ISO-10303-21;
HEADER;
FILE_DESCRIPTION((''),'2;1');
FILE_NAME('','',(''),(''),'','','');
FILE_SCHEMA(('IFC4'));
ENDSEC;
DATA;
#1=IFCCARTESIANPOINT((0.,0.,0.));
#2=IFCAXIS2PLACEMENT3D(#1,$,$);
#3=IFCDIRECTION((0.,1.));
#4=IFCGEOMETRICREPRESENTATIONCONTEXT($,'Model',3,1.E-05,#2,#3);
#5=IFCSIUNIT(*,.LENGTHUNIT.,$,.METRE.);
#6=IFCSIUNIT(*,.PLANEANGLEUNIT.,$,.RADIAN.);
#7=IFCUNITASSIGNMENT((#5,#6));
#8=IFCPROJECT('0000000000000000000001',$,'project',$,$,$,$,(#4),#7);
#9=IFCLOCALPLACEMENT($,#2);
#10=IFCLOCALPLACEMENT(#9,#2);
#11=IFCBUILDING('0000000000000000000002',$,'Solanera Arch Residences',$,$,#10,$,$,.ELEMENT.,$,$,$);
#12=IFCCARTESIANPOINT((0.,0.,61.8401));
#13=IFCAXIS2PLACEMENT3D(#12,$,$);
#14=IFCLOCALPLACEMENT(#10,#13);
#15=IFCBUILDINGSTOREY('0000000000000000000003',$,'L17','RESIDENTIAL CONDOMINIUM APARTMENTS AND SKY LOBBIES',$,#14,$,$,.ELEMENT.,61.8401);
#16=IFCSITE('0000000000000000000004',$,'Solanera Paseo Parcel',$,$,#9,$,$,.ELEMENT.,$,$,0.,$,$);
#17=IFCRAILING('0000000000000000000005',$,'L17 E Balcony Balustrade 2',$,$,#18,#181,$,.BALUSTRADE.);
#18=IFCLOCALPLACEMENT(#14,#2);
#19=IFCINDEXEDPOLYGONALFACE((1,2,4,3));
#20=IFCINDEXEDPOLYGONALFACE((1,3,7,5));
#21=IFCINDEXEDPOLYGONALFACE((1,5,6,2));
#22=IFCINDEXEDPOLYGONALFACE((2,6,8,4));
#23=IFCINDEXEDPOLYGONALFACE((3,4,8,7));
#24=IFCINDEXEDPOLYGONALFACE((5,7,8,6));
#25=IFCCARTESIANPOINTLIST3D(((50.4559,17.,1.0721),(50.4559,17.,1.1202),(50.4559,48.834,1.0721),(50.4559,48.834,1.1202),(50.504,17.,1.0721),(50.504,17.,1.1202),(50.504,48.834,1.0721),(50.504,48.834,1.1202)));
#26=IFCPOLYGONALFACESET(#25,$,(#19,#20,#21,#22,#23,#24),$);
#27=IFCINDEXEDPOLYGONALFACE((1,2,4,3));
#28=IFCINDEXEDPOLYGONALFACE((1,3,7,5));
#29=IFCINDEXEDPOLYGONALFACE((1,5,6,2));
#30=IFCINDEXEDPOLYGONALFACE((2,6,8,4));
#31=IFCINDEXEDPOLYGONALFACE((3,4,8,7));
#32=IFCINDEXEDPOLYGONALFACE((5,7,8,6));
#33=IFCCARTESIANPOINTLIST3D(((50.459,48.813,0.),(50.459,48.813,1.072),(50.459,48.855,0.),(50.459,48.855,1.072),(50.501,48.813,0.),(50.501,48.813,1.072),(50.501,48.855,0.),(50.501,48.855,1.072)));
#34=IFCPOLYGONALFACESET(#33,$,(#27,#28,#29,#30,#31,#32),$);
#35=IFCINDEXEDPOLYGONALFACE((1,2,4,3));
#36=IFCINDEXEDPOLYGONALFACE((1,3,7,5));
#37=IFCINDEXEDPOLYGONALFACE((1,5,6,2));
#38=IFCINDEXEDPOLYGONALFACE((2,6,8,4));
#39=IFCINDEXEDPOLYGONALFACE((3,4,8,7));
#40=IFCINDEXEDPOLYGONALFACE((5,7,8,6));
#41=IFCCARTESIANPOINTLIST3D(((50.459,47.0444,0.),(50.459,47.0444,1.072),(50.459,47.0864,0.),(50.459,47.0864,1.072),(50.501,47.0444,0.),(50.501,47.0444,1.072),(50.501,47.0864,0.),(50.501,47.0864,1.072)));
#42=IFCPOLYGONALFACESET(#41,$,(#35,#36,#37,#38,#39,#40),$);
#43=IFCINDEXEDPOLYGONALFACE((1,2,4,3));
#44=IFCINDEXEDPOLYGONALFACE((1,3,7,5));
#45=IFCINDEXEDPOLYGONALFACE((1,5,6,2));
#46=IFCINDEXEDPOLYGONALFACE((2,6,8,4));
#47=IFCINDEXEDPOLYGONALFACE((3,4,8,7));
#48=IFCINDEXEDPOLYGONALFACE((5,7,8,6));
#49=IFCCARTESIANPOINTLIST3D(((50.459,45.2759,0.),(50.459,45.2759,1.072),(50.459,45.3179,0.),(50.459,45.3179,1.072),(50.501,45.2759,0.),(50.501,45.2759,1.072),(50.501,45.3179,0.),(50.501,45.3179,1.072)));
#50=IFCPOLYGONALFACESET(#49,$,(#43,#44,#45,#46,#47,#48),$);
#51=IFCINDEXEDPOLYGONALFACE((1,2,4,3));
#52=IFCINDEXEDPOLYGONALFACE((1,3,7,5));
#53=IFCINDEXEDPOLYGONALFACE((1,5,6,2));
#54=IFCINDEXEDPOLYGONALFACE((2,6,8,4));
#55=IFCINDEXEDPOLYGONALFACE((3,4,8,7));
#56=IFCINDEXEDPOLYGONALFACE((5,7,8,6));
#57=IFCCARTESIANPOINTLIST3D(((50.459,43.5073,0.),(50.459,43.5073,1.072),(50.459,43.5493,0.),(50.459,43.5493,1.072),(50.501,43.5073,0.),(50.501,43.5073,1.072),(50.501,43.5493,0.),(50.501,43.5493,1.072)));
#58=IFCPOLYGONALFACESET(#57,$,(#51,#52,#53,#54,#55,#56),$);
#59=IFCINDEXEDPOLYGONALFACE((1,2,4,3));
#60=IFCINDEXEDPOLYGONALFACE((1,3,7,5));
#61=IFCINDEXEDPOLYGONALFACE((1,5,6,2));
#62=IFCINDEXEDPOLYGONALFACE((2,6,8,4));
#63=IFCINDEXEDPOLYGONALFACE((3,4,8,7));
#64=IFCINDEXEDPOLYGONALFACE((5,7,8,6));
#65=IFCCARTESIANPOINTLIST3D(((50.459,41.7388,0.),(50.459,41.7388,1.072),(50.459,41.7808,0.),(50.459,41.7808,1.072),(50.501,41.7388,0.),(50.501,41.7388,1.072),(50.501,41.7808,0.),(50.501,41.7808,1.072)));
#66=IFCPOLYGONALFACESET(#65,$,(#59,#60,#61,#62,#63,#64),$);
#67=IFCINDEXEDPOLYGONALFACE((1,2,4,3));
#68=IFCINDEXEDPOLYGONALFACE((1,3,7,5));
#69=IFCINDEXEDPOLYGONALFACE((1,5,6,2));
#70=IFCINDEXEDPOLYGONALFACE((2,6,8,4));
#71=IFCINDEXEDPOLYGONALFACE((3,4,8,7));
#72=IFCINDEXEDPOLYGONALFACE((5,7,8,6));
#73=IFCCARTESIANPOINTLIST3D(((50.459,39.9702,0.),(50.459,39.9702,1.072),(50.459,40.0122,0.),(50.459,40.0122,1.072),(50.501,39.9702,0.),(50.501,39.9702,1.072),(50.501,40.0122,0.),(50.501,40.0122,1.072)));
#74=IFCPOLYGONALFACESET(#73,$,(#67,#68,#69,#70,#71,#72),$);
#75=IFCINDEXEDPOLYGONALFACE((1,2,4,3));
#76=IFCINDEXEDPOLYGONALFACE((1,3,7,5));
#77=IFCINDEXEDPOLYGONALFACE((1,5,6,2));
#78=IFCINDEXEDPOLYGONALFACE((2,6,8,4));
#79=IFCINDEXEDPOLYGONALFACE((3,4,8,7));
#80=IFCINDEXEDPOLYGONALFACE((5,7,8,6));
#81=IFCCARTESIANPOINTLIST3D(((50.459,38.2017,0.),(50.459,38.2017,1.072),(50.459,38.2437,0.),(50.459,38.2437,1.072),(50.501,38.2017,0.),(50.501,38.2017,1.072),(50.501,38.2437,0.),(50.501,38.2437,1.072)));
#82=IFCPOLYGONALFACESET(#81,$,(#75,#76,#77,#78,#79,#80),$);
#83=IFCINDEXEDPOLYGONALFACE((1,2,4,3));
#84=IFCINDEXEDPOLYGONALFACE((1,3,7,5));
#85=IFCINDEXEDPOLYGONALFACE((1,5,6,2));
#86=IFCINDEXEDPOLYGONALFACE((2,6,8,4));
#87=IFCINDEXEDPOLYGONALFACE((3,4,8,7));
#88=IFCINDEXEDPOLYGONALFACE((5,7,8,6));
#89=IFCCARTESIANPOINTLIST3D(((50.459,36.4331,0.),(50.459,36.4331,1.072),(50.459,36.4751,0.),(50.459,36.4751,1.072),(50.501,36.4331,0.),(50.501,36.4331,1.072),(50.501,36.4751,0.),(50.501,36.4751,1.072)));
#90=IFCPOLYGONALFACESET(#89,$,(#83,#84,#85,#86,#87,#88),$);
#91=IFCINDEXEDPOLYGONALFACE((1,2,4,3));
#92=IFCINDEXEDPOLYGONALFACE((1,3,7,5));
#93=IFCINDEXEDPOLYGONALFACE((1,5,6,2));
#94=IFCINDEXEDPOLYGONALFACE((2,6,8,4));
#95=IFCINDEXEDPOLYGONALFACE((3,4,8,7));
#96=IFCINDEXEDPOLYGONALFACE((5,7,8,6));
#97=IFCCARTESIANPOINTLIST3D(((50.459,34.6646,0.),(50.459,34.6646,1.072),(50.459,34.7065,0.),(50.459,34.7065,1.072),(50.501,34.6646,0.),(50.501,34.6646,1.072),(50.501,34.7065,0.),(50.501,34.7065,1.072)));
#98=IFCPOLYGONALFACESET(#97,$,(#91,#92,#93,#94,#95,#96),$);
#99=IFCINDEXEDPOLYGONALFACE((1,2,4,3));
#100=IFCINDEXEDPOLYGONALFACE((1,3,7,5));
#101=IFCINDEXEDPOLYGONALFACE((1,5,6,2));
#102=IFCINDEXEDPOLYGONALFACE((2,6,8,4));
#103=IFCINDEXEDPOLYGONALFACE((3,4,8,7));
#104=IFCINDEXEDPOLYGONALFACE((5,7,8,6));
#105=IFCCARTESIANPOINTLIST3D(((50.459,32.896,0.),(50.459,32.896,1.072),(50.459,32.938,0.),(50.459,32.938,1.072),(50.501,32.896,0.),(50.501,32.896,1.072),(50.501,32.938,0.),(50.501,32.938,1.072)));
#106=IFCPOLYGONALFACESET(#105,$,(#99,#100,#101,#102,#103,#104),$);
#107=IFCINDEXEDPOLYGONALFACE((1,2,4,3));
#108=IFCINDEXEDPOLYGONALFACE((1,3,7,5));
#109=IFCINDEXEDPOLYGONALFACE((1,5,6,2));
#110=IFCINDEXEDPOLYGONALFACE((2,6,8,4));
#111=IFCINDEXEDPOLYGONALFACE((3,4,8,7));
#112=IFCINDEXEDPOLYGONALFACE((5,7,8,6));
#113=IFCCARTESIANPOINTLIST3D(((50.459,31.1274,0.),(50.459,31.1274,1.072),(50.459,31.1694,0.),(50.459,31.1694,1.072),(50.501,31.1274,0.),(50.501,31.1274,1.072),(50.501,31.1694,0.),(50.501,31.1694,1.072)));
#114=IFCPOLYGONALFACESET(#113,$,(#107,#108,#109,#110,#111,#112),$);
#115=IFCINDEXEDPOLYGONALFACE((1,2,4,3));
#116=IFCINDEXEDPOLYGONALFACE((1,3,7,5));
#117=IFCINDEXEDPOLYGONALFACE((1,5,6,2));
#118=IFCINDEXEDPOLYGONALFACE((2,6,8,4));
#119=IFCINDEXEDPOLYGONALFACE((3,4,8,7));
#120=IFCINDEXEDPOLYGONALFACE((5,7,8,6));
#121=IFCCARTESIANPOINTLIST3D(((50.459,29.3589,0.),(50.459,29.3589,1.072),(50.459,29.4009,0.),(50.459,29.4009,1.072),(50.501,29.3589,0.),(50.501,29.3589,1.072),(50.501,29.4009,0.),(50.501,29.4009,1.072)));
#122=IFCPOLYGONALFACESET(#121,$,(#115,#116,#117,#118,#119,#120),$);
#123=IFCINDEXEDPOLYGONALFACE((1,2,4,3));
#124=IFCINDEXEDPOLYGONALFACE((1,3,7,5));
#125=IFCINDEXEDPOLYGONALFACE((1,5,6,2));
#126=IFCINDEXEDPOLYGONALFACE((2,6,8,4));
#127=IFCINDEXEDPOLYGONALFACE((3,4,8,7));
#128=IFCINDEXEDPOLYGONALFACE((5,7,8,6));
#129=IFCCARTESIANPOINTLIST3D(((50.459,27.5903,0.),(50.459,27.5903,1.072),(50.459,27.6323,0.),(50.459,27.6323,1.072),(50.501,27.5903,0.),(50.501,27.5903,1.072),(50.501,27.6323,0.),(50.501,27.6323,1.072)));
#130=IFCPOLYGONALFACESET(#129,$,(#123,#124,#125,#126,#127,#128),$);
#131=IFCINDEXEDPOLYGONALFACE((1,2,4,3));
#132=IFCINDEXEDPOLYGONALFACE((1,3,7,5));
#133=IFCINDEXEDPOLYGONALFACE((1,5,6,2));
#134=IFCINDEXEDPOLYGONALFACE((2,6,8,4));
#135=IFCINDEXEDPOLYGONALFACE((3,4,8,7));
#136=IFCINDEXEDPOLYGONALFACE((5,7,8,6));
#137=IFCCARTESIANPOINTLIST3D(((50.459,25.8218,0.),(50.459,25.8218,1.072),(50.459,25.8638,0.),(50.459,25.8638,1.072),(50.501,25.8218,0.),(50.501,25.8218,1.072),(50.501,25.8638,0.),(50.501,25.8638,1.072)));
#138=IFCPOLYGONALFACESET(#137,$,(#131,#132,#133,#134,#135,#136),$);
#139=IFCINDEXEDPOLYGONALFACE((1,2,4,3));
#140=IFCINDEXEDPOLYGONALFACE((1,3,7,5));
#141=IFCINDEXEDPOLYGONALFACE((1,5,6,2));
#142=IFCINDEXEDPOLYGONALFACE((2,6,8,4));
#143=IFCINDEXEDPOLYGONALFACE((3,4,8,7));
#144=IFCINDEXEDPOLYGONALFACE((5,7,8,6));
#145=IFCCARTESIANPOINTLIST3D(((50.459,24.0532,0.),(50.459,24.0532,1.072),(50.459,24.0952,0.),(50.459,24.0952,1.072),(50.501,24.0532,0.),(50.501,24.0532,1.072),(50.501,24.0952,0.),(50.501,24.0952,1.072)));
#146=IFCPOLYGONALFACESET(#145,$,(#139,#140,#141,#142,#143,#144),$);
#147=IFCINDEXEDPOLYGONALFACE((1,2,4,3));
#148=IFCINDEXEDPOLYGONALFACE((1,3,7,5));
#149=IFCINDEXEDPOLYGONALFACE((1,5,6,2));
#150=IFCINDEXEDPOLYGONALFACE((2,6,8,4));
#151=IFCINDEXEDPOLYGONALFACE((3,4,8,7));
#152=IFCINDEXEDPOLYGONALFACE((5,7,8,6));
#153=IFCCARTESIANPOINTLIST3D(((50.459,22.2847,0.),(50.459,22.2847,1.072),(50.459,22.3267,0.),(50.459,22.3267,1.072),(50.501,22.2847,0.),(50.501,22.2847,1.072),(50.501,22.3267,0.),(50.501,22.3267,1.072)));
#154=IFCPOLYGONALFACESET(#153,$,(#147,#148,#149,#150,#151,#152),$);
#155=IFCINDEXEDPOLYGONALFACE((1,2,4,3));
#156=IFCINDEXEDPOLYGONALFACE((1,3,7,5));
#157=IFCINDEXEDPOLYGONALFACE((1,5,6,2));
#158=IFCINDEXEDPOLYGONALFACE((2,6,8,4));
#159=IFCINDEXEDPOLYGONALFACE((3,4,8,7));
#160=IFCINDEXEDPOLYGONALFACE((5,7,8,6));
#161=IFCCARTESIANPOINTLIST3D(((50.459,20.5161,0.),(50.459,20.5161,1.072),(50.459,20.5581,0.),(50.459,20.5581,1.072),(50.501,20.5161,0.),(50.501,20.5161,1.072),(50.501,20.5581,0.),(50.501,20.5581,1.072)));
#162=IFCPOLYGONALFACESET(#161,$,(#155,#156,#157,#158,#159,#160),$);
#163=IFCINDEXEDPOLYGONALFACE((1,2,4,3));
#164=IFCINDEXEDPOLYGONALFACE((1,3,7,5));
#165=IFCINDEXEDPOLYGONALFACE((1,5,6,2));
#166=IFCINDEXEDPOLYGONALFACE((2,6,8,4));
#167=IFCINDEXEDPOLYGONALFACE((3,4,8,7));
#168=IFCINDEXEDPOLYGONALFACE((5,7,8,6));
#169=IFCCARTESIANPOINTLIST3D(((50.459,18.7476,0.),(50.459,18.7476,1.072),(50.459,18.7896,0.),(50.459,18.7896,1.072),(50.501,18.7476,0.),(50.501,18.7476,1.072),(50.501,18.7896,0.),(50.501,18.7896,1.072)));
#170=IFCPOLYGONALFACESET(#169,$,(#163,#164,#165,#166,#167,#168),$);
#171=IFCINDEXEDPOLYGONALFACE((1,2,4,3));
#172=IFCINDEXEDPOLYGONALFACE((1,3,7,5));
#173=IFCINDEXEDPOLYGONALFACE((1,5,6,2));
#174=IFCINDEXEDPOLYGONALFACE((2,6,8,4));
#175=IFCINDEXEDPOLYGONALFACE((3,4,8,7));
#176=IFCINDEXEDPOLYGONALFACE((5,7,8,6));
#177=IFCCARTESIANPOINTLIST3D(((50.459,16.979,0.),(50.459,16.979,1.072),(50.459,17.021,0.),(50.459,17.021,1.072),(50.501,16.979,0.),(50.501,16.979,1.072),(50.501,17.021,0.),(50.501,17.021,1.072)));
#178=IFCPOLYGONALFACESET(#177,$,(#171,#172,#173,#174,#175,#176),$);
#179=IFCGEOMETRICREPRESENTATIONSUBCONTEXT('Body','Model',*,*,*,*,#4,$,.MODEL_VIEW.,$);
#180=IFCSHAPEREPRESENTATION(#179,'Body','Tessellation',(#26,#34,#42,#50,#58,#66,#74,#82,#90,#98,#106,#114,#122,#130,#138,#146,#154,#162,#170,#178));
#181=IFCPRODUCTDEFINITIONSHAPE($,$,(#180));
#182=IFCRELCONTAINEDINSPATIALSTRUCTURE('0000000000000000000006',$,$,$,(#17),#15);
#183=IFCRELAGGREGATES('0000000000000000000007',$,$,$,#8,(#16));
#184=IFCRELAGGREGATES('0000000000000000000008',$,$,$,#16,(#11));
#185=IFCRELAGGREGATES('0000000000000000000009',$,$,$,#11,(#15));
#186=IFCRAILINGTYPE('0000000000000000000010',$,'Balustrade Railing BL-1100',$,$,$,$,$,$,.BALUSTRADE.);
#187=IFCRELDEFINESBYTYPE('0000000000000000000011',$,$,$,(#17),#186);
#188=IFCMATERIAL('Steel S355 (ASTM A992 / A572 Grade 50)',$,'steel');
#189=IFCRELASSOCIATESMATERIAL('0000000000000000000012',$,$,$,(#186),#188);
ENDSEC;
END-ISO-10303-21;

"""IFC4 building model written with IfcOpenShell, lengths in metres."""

from ifc_helpers import new_model, si_unit, direction, frame, origin, origin_2d, place, context, subcontext, project, spatial, rectangle, extrude, material, type_object, element, save


model = new_model("IFC4")

# Units and contexts
model_context = context("Model", 3, precision=1e-05, world=origin(), true_north=direction((0.0, 1.0)))
body_context = subcontext(model_context, "Body", "Model", "MODEL_VIEW")
ifc_project = project(units=[si_unit("LENGTHUNIT", "METRE"), si_unit("PLANEANGLEUNIT", "RADIAN")], contexts=[model_context])

# Site, building, storey
site_placement = place(None, origin())
site = spatial("IfcSite", under=ifc_project, at=site_placement, Name="Solanera Paseo Parcel", CompositionType="ELEMENT", RefElevation=0.0)
building_placement = place(site_placement, origin())
building = spatial("IfcBuilding", under=site, at=building_placement, Name="Solanera Arch Residences", CompositionType="ELEMENT")
storey_placement = place(building_placement, frame((0.0, 0.0, 61.8401)))
storey = spatial("IfcBuildingStorey", under=building, at=storey_placement, Name="L17", Description="RESIDENTIAL CONDOMINIUM APARTMENTS AND SKY LOBBIES", CompositionType="ELEMENT", Elevation=61.8401)

# Railing
ifc_material_1 = material(Name="Steel S355 (ASTM A992 / A572 Grade 50)", Category="steel")
railing_type = type_object("IfcRailingType", Name="Balustrade Railing BL-1100", PredefinedType="BALUSTRADE", material=ifc_material_1)
railing_1_placement = place(storey_placement, frame((50.48, 48.834, 0.0)))
element("IfcRailing", 1, at=railing_1_placement, inside=storey, type_object=railing_type, Name="L17 E Balcony Balustrade 2", PredefinedType="BALUSTRADE", context=body_context, shape_type="SweptSolid", body=[
    extrude(rectangle(XDim=0.0481, YDim=0.0481, at=origin_2d()), frame((0.0, 0.0, 1.0962), z_axis=(0.0, -1.0, 0.0), x_axis=(1.0, 0.0, 0.0)), (0.0, 0.0, 1.0), 31.834),
    extrude(rectangle(XDim=0.042, YDim=0.042, at=origin_2d()), origin(), (0.0, 0.0, 1.0), 1.072),
    extrude(rectangle(XDim=0.042, YDim=0.042, at=origin_2d()), frame((0.0, -1.7686, 0.0)), (0.0, 0.0, 1.0), 1.072),
    extrude(rectangle(XDim=0.042, YDim=0.042, at=origin_2d()), frame((0.0, -3.5371, 0.0)), (0.0, 0.0, 1.0), 1.072),
    extrude(rectangle(XDim=0.042, YDim=0.042, at=origin_2d()), frame((0.0, -5.3057, 0.0)), (0.0, 0.0, 1.0), 1.072),
    extrude(rectangle(XDim=0.042, YDim=0.042, at=origin_2d()), frame((0.0, -7.0742, 0.0)), (0.0, 0.0, 1.0), 1.072),
    extrude(rectangle(XDim=0.042, YDim=0.042, at=origin_2d()), frame((0.0, -8.8428, 0.0)), (0.0, 0.0, 1.0), 1.072),
    extrude(rectangle(XDim=0.042, YDim=0.042, at=origin_2d()), frame((0.0, -10.6113, 0.0)), (0.0, 0.0, 1.0), 1.072),
    extrude(rectangle(XDim=0.042, YDim=0.042, at=origin_2d()), frame((0.0, -12.3799, 0.0)), (0.0, 0.0, 1.0), 1.072),
    extrude(rectangle(XDim=0.042, YDim=0.042, at=origin_2d()), frame((0.0, -14.1484, 0.0)), (0.0, 0.0, 1.0), 1.072),
    extrude(rectangle(XDim=0.042, YDim=0.042, at=origin_2d()), frame((0.0, -15.917, 0.0)), (0.0, 0.0, 1.0), 1.072),
    extrude(rectangle(XDim=0.042, YDim=0.042, at=origin_2d()), frame((0.0, -17.6855, 0.0)), (0.0, 0.0, 1.0), 1.072),
    extrude(rectangle(XDim=0.042, YDim=0.042, at=origin_2d()), frame((0.0, -19.4541, 0.0)), (0.0, 0.0, 1.0), 1.072),
    extrude(rectangle(XDim=0.042, YDim=0.042, at=origin_2d()), frame((0.0, -21.2227, 0.0)), (0.0, 0.0, 1.0), 1.072),
    extrude(rectangle(XDim=0.042, YDim=0.042, at=origin_2d()), frame((0.0, -22.9912, 0.0)), (0.0, 0.0, 1.0), 1.072),
    extrude(rectangle(XDim=0.042, YDim=0.042, at=origin_2d()), frame((0.0, -24.7598, 0.0)), (0.0, 0.0, 1.0), 1.072),
    extrude(rectangle(XDim=0.042, YDim=0.042, at=origin_2d()), frame((0.0, -26.5283, 0.0)), (0.0, 0.0, 1.0), 1.072),
    extrude(rectangle(XDim=0.042, YDim=0.042, at=origin_2d()), frame((0.0, -28.2969, 0.0)), (0.0, 0.0, 1.0), 1.072),
    extrude(rectangle(XDim=0.042, YDim=0.042, at=origin_2d()), frame((0.0, -30.0654, 0.0)), (0.0, 0.0, 1.0), 1.072),
    extrude(rectangle(XDim=0.042, YDim=0.042, at=origin_2d()), frame((0.0, -31.834, 0.0)), (0.0, 0.0, 1.0), 1.072),
])

save(model, "model.ifc")
